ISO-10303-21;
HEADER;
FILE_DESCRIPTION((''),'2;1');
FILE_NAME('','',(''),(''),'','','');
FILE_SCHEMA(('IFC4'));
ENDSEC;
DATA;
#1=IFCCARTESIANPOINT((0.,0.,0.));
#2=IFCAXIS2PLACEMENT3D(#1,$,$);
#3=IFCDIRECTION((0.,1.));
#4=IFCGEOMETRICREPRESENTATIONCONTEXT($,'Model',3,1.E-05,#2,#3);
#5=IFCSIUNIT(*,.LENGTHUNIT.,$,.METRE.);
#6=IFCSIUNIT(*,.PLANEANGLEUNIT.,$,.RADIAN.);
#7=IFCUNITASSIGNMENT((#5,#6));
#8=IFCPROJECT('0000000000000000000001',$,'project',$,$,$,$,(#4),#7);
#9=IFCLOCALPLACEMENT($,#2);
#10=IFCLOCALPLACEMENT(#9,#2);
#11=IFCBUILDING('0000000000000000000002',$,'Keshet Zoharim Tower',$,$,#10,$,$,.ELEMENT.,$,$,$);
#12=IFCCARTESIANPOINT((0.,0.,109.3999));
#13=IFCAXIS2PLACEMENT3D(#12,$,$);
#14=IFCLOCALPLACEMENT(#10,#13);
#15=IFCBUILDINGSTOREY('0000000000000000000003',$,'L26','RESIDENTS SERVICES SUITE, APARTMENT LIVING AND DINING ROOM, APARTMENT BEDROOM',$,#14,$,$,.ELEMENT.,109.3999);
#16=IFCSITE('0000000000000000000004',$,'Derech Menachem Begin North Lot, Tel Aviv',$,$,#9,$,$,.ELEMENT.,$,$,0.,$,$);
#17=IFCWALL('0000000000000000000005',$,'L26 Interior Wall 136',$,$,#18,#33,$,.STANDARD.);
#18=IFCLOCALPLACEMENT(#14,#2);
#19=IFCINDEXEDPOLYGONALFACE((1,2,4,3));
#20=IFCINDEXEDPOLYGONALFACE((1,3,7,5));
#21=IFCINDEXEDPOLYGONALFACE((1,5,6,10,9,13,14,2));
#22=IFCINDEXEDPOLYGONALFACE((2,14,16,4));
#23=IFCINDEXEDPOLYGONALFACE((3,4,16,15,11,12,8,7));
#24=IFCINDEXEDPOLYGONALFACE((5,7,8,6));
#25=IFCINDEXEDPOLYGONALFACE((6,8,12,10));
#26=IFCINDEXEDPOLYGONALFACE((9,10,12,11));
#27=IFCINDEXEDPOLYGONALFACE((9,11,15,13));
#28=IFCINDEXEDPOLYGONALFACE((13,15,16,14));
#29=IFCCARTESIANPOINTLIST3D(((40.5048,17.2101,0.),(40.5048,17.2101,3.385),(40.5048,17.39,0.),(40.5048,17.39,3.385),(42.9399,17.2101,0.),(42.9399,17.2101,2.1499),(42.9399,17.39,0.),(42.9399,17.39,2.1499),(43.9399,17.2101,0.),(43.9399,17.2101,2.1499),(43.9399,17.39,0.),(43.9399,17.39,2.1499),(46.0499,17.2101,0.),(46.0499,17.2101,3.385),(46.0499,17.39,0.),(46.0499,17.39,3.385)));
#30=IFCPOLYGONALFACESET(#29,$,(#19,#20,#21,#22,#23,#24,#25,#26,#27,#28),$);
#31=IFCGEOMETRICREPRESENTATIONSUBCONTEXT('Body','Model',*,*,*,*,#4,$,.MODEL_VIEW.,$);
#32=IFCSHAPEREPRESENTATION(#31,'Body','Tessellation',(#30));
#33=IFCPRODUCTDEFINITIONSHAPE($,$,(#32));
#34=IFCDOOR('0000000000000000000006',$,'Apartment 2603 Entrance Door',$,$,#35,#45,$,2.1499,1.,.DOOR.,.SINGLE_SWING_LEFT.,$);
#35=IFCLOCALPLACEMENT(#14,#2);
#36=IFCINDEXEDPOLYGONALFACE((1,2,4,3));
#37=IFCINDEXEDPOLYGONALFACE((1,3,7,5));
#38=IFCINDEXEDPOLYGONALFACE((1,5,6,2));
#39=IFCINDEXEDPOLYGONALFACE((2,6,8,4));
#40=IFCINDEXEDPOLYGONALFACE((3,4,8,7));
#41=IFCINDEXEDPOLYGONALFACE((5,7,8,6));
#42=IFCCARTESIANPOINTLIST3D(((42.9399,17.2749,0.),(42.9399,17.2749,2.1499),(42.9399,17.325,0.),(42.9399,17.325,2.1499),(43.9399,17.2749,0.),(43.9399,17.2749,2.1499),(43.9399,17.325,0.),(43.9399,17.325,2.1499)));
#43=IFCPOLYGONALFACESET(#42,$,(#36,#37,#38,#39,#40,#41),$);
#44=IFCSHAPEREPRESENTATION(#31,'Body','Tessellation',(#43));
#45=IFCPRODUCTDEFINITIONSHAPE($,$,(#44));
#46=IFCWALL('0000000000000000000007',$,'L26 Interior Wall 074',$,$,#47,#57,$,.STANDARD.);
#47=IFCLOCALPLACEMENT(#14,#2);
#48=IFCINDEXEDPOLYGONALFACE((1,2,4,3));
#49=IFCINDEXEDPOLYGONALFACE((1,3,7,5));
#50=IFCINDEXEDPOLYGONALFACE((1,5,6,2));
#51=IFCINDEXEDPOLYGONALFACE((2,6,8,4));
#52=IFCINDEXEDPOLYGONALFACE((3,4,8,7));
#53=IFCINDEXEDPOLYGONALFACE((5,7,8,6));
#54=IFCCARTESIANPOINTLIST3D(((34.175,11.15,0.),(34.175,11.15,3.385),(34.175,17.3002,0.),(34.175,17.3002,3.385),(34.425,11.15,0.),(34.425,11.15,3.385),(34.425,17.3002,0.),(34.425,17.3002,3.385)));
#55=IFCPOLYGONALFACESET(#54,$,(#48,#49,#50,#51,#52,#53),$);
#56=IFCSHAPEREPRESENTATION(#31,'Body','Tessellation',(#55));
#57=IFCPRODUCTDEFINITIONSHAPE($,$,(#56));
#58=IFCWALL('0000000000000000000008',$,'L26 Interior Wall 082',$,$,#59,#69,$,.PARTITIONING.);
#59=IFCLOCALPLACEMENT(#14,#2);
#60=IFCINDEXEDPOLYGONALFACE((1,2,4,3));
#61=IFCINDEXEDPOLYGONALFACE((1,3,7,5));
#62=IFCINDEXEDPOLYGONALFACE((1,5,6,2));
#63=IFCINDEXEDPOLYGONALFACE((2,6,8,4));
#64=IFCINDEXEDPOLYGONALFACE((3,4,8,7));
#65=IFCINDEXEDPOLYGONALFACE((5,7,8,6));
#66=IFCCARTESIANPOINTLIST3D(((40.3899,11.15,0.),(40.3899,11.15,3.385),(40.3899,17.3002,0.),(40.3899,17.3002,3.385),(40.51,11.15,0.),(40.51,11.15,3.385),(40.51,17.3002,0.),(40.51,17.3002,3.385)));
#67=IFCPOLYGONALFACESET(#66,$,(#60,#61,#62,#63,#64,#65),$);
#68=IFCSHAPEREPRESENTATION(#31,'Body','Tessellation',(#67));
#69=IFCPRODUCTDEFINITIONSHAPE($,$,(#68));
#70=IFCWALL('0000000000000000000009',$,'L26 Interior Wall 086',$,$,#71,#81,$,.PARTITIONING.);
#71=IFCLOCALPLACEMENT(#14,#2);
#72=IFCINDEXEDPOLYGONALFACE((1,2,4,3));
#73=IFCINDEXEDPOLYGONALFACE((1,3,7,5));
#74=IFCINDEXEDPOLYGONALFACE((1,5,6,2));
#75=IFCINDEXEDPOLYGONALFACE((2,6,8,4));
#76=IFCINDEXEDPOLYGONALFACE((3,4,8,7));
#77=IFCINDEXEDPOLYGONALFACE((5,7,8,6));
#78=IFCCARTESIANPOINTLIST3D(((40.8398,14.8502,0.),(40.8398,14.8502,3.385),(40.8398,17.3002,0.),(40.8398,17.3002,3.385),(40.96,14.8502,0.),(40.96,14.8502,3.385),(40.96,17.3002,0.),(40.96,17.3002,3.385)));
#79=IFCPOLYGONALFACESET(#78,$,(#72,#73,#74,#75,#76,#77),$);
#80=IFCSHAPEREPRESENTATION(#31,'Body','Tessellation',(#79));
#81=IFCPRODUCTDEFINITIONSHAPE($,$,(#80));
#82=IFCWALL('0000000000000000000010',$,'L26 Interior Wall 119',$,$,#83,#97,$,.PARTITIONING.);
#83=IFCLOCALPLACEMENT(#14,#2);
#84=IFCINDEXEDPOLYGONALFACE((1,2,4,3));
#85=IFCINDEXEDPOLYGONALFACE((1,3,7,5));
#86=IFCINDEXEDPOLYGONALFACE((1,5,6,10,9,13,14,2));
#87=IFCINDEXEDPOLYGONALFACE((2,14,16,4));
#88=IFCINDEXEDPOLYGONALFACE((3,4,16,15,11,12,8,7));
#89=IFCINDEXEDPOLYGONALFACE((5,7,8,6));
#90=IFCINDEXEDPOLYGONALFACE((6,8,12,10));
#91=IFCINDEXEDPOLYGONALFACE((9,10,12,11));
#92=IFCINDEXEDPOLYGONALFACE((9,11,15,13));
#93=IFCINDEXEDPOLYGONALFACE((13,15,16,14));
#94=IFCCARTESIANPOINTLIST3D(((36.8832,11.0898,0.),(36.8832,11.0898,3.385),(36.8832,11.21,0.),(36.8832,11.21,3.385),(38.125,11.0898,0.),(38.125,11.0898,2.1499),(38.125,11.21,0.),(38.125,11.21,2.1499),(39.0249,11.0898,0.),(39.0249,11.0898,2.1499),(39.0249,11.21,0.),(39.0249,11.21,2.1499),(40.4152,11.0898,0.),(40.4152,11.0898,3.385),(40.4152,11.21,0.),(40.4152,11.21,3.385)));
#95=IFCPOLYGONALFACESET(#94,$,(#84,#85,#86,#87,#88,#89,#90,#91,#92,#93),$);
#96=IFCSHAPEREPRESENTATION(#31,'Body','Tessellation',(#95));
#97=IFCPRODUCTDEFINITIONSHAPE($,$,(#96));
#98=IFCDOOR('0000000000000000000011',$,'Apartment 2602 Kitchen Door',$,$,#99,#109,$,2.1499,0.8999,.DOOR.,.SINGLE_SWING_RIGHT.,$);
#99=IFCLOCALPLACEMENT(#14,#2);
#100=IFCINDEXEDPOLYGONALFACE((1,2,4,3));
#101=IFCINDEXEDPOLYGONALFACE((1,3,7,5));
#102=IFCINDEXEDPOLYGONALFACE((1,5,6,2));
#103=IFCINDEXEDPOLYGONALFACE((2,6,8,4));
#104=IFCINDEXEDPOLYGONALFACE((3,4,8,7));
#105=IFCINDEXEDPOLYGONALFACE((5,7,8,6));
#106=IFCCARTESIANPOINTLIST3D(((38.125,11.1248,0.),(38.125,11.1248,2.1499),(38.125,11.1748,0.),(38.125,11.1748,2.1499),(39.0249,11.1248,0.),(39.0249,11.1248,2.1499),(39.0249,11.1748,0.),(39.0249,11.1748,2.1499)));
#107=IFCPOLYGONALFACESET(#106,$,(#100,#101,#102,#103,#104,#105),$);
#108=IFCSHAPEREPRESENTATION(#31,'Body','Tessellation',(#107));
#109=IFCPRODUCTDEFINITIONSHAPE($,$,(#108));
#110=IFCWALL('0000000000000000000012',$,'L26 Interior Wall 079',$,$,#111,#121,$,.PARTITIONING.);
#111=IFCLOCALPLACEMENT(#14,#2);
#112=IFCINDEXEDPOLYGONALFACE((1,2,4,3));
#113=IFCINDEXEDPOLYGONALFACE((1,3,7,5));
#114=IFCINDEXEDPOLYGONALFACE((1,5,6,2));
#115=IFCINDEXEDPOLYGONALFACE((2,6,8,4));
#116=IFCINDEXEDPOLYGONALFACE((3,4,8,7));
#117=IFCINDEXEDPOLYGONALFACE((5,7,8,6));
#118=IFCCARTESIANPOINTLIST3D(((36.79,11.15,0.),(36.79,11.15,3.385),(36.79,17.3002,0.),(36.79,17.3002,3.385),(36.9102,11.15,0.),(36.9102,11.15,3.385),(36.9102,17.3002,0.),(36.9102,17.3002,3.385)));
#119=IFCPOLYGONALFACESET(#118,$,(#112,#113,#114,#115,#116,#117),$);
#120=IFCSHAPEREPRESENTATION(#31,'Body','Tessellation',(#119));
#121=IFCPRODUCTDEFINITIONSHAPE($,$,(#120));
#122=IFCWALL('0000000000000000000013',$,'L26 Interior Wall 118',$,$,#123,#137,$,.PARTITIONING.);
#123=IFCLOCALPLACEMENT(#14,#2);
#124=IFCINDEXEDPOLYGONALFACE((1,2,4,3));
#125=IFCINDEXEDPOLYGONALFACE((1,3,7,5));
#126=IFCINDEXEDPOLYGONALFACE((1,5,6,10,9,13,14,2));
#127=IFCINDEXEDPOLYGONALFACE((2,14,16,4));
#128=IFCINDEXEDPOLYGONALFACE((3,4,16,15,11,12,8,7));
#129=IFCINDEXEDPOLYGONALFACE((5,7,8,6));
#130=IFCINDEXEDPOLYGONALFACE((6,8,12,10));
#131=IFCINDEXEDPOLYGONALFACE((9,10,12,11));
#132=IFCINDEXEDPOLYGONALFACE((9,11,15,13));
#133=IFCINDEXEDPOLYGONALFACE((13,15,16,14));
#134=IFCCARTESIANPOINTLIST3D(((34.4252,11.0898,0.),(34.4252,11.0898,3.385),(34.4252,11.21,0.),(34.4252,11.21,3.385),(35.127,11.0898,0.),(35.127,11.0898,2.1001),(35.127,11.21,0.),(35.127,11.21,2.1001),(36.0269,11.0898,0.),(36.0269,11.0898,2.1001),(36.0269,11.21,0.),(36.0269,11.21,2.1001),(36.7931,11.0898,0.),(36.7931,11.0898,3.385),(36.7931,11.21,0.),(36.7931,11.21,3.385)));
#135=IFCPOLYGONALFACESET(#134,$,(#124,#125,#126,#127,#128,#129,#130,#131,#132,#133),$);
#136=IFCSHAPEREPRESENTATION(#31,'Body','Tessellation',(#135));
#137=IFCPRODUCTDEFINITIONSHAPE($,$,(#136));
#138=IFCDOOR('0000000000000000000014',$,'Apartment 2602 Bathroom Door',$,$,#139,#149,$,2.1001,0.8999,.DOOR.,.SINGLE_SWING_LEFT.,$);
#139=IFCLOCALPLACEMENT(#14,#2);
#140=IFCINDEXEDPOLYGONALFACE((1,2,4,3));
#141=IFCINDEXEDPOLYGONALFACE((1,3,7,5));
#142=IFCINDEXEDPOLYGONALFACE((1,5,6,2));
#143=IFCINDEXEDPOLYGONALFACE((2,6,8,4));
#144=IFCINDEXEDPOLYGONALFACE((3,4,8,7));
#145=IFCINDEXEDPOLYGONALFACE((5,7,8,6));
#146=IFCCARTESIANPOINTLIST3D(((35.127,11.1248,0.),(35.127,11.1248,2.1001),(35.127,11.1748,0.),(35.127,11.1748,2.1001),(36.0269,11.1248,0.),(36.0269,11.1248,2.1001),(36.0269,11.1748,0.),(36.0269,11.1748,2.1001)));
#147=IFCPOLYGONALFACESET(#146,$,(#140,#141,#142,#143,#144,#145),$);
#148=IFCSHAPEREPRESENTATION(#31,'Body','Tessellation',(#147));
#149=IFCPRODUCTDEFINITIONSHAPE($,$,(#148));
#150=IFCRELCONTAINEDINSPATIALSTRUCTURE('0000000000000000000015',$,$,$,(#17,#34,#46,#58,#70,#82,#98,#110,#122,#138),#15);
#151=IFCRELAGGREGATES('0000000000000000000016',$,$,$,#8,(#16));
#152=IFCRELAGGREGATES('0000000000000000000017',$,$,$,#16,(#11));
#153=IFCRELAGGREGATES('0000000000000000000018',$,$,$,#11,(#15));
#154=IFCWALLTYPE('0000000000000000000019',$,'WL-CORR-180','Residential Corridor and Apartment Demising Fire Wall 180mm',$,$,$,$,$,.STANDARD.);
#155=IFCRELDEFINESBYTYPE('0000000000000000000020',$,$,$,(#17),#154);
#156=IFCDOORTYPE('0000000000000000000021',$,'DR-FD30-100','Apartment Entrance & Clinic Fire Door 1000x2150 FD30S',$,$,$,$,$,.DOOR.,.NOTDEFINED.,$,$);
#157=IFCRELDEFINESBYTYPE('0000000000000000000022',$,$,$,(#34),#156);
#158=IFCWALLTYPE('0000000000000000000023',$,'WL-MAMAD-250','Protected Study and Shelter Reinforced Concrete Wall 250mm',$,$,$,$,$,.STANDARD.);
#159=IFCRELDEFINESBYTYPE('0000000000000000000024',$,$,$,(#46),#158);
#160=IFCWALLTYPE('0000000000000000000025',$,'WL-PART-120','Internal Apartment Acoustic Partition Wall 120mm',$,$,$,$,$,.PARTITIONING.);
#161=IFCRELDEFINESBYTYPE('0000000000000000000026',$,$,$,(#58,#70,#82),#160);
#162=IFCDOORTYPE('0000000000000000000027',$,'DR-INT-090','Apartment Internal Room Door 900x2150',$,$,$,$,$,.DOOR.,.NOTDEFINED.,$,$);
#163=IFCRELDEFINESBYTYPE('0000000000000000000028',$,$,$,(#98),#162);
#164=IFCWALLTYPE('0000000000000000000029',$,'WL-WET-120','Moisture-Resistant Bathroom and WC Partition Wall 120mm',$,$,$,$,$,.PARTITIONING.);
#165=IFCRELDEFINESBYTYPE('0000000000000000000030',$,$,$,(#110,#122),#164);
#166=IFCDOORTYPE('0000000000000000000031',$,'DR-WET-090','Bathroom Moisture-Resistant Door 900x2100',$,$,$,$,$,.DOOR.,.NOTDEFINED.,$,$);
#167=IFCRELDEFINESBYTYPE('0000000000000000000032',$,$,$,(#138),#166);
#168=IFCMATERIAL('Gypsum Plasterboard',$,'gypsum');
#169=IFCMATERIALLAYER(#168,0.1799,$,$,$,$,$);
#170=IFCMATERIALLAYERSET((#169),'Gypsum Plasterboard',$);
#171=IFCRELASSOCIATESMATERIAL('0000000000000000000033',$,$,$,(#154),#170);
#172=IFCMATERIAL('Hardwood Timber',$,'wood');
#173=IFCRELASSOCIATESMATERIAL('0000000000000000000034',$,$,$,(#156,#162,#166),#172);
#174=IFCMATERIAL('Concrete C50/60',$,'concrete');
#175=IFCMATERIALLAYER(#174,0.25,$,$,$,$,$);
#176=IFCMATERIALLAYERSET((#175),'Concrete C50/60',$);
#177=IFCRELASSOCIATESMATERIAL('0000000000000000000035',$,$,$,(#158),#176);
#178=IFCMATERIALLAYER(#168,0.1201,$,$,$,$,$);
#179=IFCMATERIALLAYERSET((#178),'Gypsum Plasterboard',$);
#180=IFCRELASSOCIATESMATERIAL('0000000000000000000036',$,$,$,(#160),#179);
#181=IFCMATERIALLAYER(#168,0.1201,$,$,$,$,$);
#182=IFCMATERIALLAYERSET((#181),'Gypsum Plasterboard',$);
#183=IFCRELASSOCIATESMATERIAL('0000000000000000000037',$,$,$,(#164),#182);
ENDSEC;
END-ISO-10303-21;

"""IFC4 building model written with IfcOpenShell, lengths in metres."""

from ifc_helpers import new_model, si_unit, direction, frame, frame_2d, origin, place, context, subcontext, project, spatial, rectangle, extrude, material, layer, layer_set, type_object, element, fill, save


model = new_model("IFC4")

# Units and contexts
model_context = context("Model", 3, precision=1e-05, world=origin(), true_north=direction((0.0, 1.0)))
body_context = subcontext(model_context, "Body", "Model", "MODEL_VIEW")
ifc_project = project(units=[si_unit("LENGTHUNIT", "METRE"), si_unit("PLANEANGLEUNIT", "RADIAN")], contexts=[model_context])

# Site, building, storey
site_placement = place(None, origin())
site = spatial("IfcSite", under=ifc_project, at=site_placement, Name="Derech Menachem Begin North Lot, Tel Aviv", CompositionType="ELEMENT", RefElevation=0.0)
building_placement = place(site_placement, origin())
building = spatial("IfcBuilding", under=site, at=building_placement, Name="Keshet Zoharim Tower", CompositionType="ELEMENT")
storey_placement = place(building_placement, frame((0.0, 0.0, 109.3999)))
storey = spatial("IfcBuildingStorey", under=building, at=storey_placement, Name="L26", Description="RESIDENTS SERVICES SUITE, APARTMENT LIVING AND DINING ROOM, APARTMENT BEDROOM", CompositionType="ELEMENT", Elevation=109.3999)

# Shared definitions
ifc_material_1 = material(Name="Gypsum Plasterboard", Category="gypsum")
ifc_layer_1 = layer(ifc_material_1, 0.1799)
ifc_layer_set_1 = layer_set([ifc_layer_1], Name="Gypsum Plasterboard")
wall_type_1 = type_object("IfcWallType", Name="WL-CORR-180", Description="Residential Corridor and Apartment Demising Fire Wall 180mm", PredefinedType="STANDARD", material=ifc_layer_set_1)

# Wall, opening, door
wall_1_placement = place(storey_placement, frame((40.5049, 17.3, 0.0), z_axis=(0.0, 0.0, 1.0), x_axis=(1.0, 0.0, 0.0)))
wall_1 = element("IfcWall", 1, at=wall_1_placement, inside=storey, type_object=wall_type_1, Name="L26 Interior Wall 136", PredefinedType="STANDARD", context=body_context, shape_type="SweptSolid", body=[
    extrude(rectangle(XDim=5.5452, YDim=0.1799, at=frame_2d((2.7725, 0.0))), origin(), (0.0, 0.0, 1.0), 3.385),
])
opening_1_placement = place(wall_1_placement, frame((2.4351, 0.0, 0.0)))
opening_1 = element("IfcOpeningElement", 2, at=opening_1_placement, cuts=wall_1, PredefinedType="OPENING", context=body_context, shape_type="SweptSolid", body=[
    extrude(rectangle(XDim=1.0, YDim=2.1499, at=frame_2d((0.5, 1.075))), frame((0.0, 0.1001, 0.0), z_axis=(0.0, -1.0, 0.0), x_axis=(1.0, 0.0, 0.0)), (0.0, 0.0, 1.0), 0.2),
])
ifc_material_2 = material(Name="Hardwood Timber", Category="wood")
door_type_1 = type_object("IfcDoorType", Name="DR-FD30-100", Description="Apartment Entrance & Clinic Fire Door 1000x2150 FD30S", OperationType="NOTDEFINED", PredefinedType="DOOR", material=ifc_material_2)
door_1_placement = place(opening_1_placement, origin())
door_1 = element("IfcDoor", 3, at=door_1_placement, inside=storey, type_object=door_type_1, Name="Apartment 2603 Entrance Door", OperationType="SINGLE_SWING_LEFT", OverallHeight=2.1499, OverallWidth=1.0, PredefinedType="DOOR", context=body_context, shape_type="SweptSolid", body=[
    extrude(rectangle(XDim=1.0, YDim=2.1499, at=frame_2d((0.5, 1.075))), frame((0.0, 0.0249, 0.0), z_axis=(0.0, -1.0, 0.0), x_axis=(1.0, 0.0, 0.0)), (0.0, 0.0, 1.0), 0.05),
])
fill(opening_1, door_1)

# Walls
ifc_material_3 = material(Name="Concrete C50/60", Category="concrete")
ifc_layer_2 = layer(ifc_material_3, 0.25)
ifc_layer_set_2 = layer_set([ifc_layer_2], Name="Concrete C50/60")
wall_type_2 = type_object("IfcWallType", Name="WL-MAMAD-250", Description="Protected Study and Shelter Reinforced Concrete Wall 250mm", PredefinedType="STANDARD", material=ifc_layer_set_2)
wall_2_placement = place(storey_placement, frame((34.3, 11.1499, 0.0), z_axis=(0.0, 0.0, 1.0), x_axis=(0.0, 1.0, 0.0)))
element("IfcWall", 4, at=wall_2_placement, inside=storey, type_object=wall_type_2, Name="L26 Interior Wall 074", PredefinedType="STANDARD", context=body_context, shape_type="SweptSolid", body=[
    extrude(rectangle(XDim=6.1501, YDim=0.25, at=frame_2d((3.0752, 0.0))), origin(), (0.0, 0.0, 1.0), 3.385),
])
ifc_layer_3 = layer(ifc_material_1, 0.1201)
ifc_layer_set_3 = layer_set([ifc_layer_3], Name="Gypsum Plasterboard")
wall_type_3 = type_object("IfcWallType", Name="WL-PART-120", Description="Internal Apartment Acoustic Partition Wall 120mm", PredefinedType="PARTITIONING", material=ifc_layer_set_3)
wall_3_placement = place(storey_placement, frame((40.45, 11.1499, 0.0), z_axis=(0.0, 0.0, 1.0), x_axis=(0.0, 1.0, 0.0)))
element("IfcWall", 5, at=wall_3_placement, inside=storey, type_object=wall_type_3, Name="L26 Interior Wall 082", PredefinedType="PARTITIONING", context=body_context, shape_type="SweptSolid", body=[
    extrude(rectangle(XDim=6.1501, YDim=0.1201, at=frame_2d((3.0752, 0.0))), origin(), (0.0, 0.0, 1.0), 3.385),
])
wall_4_placement = place(storey_placement, frame((40.8999, 14.8501, 0.0), z_axis=(0.0, 0.0, 1.0), x_axis=(0.0, 1.0, 0.0)))
element("IfcWall", 6, at=wall_4_placement, inside=storey, type_object=wall_type_3, Name="L26 Interior Wall 086", PredefinedType="PARTITIONING", context=body_context, shape_type="SweptSolid", body=[
    extrude(rectangle(XDim=2.45, YDim=0.1201, at=frame_2d((1.2251, 0.0))), origin(), (0.0, 0.0, 1.0), 3.385),
])

# Wall, opening, door
wall_5_placement = place(storey_placement, frame((36.8831, 11.1499, 0.0), z_axis=(0.0, 0.0, 1.0), x_axis=(1.0, 0.0, 0.0)))
wall_5 = element("IfcWall", 7, at=wall_5_placement, inside=storey, type_object=wall_type_3, Name="L26 Interior Wall 119", PredefinedType="PARTITIONING", context=body_context, shape_type="SweptSolid", body=[
    extrude(rectangle(XDim=3.532, YDim=0.1201, at=frame_2d((1.7661, 0.0))), origin(), (0.0, 0.0, 1.0), 3.385),
])
opening_2_placement = place(wall_5_placement, frame((1.2419, 0.0, 0.0)))
opening_2 = element("IfcOpeningElement", 8, at=opening_2_placement, cuts=wall_5, PredefinedType="OPENING", context=body_context, shape_type="SweptSolid", body=[
    extrude(rectangle(XDim=0.8999, YDim=2.1499, at=frame_2d((0.45, 1.075))), frame((0.0, 0.0701, 0.0), z_axis=(0.0, -1.0, 0.0), x_axis=(1.0, 0.0, 0.0)), (0.0, 0.0, 1.0), 0.1401),
])
door_type_2 = type_object("IfcDoorType", Name="DR-INT-090", Description="Apartment Internal Room Door 900x2150", OperationType="NOTDEFINED", PredefinedType="DOOR", material=ifc_material_2)
door_2_placement = place(opening_2_placement, origin())
door_2 = element("IfcDoor", 9, at=door_2_placement, inside=storey, type_object=door_type_2, Name="Apartment 2602 Kitchen Door", OperationType="SINGLE_SWING_RIGHT", OverallHeight=2.1499, OverallWidth=0.8999, PredefinedType="DOOR", context=body_context, shape_type="SweptSolid", body=[
    extrude(rectangle(XDim=0.8999, YDim=2.1499, at=frame_2d((0.45, 1.075))), frame((0.0, 0.0249, 0.0), z_axis=(0.0, -1.0, 0.0), x_axis=(1.0, 0.0, 0.0)), (0.0, 0.0, 1.0), 0.05),
])
fill(opening_2, door_2)

# Wall
ifc_layer_4 = layer(ifc_material_1, 0.1201)
ifc_layer_set_4 = layer_set([ifc_layer_4], Name="Gypsum Plasterboard")
wall_type_4 = type_object("IfcWallType", Name="WL-WET-120", Description="Moisture-Resistant Bathroom and WC Partition Wall 120mm", PredefinedType="PARTITIONING", material=ifc_layer_set_4)
wall_6_placement = place(storey_placement, frame((36.8501, 11.1499, 0.0), z_axis=(0.0, 0.0, 1.0), x_axis=(0.0, 1.0, 0.0)))
element("IfcWall", 10, at=wall_6_placement, inside=storey, type_object=wall_type_4, Name="L26 Interior Wall 079", PredefinedType="PARTITIONING", context=body_context, shape_type="SweptSolid", body=[
    extrude(rectangle(XDim=6.1501, YDim=0.1201, at=frame_2d((3.0752, 0.0))), origin(), (0.0, 0.0, 1.0), 3.385),
])

# Wall, opening, door
wall_7_placement = place(storey_placement, frame((34.425, 11.1499, 0.0), z_axis=(0.0, 0.0, 1.0), x_axis=(1.0, 0.0, 0.0)))
wall_7 = element("IfcWall", 11, at=wall_7_placement, inside=storey, type_object=wall_type_4, Name="L26 Interior Wall 118", PredefinedType="PARTITIONING", context=body_context, shape_type="SweptSolid", body=[
    extrude(rectangle(XDim=2.3679, YDim=0.1201, at=frame_2d((1.1841, 0.0))), origin(), (0.0, 0.0, 1.0), 3.385),
])
opening_3_placement = place(wall_7_placement, frame((0.7019, 0.0, 0.0)))
opening_3 = element("IfcOpeningElement", 12, at=opening_3_placement, cuts=wall_7, PredefinedType="OPENING", context=body_context, shape_type="SweptSolid", body=[
    extrude(rectangle(XDim=0.8999, YDim=2.1001, at=frame_2d((0.45, 1.05))), frame((0.0, 0.0701, 0.0), z_axis=(0.0, -1.0, 0.0), x_axis=(1.0, 0.0, 0.0)), (0.0, 0.0, 1.0), 0.1401),
])
door_type_3 = type_object("IfcDoorType", Name="DR-WET-090", Description="Bathroom Moisture-Resistant Door 900x2100", OperationType="NOTDEFINED", PredefinedType="DOOR", material=ifc_material_2)
door_3_placement = place(opening_3_placement, origin())
door_3 = element("IfcDoor", 13, at=door_3_placement, inside=storey, type_object=door_type_3, Name="Apartment 2602 Bathroom Door", OperationType="SINGLE_SWING_LEFT", OverallHeight=2.1001, OverallWidth=0.8999, PredefinedType="DOOR", context=body_context, shape_type="SweptSolid", body=[
    extrude(rectangle(XDim=0.8999, YDim=2.1001, at=frame_2d((0.45, 1.05))), frame((0.0, 0.0249, 0.0), z_axis=(0.0, -1.0, 0.0), x_axis=(1.0, 0.0, 0.0)), (0.0, 0.0, 1.0), 0.05),
])
fill(opening_3, door_3)

save(model, "model.ifc")
